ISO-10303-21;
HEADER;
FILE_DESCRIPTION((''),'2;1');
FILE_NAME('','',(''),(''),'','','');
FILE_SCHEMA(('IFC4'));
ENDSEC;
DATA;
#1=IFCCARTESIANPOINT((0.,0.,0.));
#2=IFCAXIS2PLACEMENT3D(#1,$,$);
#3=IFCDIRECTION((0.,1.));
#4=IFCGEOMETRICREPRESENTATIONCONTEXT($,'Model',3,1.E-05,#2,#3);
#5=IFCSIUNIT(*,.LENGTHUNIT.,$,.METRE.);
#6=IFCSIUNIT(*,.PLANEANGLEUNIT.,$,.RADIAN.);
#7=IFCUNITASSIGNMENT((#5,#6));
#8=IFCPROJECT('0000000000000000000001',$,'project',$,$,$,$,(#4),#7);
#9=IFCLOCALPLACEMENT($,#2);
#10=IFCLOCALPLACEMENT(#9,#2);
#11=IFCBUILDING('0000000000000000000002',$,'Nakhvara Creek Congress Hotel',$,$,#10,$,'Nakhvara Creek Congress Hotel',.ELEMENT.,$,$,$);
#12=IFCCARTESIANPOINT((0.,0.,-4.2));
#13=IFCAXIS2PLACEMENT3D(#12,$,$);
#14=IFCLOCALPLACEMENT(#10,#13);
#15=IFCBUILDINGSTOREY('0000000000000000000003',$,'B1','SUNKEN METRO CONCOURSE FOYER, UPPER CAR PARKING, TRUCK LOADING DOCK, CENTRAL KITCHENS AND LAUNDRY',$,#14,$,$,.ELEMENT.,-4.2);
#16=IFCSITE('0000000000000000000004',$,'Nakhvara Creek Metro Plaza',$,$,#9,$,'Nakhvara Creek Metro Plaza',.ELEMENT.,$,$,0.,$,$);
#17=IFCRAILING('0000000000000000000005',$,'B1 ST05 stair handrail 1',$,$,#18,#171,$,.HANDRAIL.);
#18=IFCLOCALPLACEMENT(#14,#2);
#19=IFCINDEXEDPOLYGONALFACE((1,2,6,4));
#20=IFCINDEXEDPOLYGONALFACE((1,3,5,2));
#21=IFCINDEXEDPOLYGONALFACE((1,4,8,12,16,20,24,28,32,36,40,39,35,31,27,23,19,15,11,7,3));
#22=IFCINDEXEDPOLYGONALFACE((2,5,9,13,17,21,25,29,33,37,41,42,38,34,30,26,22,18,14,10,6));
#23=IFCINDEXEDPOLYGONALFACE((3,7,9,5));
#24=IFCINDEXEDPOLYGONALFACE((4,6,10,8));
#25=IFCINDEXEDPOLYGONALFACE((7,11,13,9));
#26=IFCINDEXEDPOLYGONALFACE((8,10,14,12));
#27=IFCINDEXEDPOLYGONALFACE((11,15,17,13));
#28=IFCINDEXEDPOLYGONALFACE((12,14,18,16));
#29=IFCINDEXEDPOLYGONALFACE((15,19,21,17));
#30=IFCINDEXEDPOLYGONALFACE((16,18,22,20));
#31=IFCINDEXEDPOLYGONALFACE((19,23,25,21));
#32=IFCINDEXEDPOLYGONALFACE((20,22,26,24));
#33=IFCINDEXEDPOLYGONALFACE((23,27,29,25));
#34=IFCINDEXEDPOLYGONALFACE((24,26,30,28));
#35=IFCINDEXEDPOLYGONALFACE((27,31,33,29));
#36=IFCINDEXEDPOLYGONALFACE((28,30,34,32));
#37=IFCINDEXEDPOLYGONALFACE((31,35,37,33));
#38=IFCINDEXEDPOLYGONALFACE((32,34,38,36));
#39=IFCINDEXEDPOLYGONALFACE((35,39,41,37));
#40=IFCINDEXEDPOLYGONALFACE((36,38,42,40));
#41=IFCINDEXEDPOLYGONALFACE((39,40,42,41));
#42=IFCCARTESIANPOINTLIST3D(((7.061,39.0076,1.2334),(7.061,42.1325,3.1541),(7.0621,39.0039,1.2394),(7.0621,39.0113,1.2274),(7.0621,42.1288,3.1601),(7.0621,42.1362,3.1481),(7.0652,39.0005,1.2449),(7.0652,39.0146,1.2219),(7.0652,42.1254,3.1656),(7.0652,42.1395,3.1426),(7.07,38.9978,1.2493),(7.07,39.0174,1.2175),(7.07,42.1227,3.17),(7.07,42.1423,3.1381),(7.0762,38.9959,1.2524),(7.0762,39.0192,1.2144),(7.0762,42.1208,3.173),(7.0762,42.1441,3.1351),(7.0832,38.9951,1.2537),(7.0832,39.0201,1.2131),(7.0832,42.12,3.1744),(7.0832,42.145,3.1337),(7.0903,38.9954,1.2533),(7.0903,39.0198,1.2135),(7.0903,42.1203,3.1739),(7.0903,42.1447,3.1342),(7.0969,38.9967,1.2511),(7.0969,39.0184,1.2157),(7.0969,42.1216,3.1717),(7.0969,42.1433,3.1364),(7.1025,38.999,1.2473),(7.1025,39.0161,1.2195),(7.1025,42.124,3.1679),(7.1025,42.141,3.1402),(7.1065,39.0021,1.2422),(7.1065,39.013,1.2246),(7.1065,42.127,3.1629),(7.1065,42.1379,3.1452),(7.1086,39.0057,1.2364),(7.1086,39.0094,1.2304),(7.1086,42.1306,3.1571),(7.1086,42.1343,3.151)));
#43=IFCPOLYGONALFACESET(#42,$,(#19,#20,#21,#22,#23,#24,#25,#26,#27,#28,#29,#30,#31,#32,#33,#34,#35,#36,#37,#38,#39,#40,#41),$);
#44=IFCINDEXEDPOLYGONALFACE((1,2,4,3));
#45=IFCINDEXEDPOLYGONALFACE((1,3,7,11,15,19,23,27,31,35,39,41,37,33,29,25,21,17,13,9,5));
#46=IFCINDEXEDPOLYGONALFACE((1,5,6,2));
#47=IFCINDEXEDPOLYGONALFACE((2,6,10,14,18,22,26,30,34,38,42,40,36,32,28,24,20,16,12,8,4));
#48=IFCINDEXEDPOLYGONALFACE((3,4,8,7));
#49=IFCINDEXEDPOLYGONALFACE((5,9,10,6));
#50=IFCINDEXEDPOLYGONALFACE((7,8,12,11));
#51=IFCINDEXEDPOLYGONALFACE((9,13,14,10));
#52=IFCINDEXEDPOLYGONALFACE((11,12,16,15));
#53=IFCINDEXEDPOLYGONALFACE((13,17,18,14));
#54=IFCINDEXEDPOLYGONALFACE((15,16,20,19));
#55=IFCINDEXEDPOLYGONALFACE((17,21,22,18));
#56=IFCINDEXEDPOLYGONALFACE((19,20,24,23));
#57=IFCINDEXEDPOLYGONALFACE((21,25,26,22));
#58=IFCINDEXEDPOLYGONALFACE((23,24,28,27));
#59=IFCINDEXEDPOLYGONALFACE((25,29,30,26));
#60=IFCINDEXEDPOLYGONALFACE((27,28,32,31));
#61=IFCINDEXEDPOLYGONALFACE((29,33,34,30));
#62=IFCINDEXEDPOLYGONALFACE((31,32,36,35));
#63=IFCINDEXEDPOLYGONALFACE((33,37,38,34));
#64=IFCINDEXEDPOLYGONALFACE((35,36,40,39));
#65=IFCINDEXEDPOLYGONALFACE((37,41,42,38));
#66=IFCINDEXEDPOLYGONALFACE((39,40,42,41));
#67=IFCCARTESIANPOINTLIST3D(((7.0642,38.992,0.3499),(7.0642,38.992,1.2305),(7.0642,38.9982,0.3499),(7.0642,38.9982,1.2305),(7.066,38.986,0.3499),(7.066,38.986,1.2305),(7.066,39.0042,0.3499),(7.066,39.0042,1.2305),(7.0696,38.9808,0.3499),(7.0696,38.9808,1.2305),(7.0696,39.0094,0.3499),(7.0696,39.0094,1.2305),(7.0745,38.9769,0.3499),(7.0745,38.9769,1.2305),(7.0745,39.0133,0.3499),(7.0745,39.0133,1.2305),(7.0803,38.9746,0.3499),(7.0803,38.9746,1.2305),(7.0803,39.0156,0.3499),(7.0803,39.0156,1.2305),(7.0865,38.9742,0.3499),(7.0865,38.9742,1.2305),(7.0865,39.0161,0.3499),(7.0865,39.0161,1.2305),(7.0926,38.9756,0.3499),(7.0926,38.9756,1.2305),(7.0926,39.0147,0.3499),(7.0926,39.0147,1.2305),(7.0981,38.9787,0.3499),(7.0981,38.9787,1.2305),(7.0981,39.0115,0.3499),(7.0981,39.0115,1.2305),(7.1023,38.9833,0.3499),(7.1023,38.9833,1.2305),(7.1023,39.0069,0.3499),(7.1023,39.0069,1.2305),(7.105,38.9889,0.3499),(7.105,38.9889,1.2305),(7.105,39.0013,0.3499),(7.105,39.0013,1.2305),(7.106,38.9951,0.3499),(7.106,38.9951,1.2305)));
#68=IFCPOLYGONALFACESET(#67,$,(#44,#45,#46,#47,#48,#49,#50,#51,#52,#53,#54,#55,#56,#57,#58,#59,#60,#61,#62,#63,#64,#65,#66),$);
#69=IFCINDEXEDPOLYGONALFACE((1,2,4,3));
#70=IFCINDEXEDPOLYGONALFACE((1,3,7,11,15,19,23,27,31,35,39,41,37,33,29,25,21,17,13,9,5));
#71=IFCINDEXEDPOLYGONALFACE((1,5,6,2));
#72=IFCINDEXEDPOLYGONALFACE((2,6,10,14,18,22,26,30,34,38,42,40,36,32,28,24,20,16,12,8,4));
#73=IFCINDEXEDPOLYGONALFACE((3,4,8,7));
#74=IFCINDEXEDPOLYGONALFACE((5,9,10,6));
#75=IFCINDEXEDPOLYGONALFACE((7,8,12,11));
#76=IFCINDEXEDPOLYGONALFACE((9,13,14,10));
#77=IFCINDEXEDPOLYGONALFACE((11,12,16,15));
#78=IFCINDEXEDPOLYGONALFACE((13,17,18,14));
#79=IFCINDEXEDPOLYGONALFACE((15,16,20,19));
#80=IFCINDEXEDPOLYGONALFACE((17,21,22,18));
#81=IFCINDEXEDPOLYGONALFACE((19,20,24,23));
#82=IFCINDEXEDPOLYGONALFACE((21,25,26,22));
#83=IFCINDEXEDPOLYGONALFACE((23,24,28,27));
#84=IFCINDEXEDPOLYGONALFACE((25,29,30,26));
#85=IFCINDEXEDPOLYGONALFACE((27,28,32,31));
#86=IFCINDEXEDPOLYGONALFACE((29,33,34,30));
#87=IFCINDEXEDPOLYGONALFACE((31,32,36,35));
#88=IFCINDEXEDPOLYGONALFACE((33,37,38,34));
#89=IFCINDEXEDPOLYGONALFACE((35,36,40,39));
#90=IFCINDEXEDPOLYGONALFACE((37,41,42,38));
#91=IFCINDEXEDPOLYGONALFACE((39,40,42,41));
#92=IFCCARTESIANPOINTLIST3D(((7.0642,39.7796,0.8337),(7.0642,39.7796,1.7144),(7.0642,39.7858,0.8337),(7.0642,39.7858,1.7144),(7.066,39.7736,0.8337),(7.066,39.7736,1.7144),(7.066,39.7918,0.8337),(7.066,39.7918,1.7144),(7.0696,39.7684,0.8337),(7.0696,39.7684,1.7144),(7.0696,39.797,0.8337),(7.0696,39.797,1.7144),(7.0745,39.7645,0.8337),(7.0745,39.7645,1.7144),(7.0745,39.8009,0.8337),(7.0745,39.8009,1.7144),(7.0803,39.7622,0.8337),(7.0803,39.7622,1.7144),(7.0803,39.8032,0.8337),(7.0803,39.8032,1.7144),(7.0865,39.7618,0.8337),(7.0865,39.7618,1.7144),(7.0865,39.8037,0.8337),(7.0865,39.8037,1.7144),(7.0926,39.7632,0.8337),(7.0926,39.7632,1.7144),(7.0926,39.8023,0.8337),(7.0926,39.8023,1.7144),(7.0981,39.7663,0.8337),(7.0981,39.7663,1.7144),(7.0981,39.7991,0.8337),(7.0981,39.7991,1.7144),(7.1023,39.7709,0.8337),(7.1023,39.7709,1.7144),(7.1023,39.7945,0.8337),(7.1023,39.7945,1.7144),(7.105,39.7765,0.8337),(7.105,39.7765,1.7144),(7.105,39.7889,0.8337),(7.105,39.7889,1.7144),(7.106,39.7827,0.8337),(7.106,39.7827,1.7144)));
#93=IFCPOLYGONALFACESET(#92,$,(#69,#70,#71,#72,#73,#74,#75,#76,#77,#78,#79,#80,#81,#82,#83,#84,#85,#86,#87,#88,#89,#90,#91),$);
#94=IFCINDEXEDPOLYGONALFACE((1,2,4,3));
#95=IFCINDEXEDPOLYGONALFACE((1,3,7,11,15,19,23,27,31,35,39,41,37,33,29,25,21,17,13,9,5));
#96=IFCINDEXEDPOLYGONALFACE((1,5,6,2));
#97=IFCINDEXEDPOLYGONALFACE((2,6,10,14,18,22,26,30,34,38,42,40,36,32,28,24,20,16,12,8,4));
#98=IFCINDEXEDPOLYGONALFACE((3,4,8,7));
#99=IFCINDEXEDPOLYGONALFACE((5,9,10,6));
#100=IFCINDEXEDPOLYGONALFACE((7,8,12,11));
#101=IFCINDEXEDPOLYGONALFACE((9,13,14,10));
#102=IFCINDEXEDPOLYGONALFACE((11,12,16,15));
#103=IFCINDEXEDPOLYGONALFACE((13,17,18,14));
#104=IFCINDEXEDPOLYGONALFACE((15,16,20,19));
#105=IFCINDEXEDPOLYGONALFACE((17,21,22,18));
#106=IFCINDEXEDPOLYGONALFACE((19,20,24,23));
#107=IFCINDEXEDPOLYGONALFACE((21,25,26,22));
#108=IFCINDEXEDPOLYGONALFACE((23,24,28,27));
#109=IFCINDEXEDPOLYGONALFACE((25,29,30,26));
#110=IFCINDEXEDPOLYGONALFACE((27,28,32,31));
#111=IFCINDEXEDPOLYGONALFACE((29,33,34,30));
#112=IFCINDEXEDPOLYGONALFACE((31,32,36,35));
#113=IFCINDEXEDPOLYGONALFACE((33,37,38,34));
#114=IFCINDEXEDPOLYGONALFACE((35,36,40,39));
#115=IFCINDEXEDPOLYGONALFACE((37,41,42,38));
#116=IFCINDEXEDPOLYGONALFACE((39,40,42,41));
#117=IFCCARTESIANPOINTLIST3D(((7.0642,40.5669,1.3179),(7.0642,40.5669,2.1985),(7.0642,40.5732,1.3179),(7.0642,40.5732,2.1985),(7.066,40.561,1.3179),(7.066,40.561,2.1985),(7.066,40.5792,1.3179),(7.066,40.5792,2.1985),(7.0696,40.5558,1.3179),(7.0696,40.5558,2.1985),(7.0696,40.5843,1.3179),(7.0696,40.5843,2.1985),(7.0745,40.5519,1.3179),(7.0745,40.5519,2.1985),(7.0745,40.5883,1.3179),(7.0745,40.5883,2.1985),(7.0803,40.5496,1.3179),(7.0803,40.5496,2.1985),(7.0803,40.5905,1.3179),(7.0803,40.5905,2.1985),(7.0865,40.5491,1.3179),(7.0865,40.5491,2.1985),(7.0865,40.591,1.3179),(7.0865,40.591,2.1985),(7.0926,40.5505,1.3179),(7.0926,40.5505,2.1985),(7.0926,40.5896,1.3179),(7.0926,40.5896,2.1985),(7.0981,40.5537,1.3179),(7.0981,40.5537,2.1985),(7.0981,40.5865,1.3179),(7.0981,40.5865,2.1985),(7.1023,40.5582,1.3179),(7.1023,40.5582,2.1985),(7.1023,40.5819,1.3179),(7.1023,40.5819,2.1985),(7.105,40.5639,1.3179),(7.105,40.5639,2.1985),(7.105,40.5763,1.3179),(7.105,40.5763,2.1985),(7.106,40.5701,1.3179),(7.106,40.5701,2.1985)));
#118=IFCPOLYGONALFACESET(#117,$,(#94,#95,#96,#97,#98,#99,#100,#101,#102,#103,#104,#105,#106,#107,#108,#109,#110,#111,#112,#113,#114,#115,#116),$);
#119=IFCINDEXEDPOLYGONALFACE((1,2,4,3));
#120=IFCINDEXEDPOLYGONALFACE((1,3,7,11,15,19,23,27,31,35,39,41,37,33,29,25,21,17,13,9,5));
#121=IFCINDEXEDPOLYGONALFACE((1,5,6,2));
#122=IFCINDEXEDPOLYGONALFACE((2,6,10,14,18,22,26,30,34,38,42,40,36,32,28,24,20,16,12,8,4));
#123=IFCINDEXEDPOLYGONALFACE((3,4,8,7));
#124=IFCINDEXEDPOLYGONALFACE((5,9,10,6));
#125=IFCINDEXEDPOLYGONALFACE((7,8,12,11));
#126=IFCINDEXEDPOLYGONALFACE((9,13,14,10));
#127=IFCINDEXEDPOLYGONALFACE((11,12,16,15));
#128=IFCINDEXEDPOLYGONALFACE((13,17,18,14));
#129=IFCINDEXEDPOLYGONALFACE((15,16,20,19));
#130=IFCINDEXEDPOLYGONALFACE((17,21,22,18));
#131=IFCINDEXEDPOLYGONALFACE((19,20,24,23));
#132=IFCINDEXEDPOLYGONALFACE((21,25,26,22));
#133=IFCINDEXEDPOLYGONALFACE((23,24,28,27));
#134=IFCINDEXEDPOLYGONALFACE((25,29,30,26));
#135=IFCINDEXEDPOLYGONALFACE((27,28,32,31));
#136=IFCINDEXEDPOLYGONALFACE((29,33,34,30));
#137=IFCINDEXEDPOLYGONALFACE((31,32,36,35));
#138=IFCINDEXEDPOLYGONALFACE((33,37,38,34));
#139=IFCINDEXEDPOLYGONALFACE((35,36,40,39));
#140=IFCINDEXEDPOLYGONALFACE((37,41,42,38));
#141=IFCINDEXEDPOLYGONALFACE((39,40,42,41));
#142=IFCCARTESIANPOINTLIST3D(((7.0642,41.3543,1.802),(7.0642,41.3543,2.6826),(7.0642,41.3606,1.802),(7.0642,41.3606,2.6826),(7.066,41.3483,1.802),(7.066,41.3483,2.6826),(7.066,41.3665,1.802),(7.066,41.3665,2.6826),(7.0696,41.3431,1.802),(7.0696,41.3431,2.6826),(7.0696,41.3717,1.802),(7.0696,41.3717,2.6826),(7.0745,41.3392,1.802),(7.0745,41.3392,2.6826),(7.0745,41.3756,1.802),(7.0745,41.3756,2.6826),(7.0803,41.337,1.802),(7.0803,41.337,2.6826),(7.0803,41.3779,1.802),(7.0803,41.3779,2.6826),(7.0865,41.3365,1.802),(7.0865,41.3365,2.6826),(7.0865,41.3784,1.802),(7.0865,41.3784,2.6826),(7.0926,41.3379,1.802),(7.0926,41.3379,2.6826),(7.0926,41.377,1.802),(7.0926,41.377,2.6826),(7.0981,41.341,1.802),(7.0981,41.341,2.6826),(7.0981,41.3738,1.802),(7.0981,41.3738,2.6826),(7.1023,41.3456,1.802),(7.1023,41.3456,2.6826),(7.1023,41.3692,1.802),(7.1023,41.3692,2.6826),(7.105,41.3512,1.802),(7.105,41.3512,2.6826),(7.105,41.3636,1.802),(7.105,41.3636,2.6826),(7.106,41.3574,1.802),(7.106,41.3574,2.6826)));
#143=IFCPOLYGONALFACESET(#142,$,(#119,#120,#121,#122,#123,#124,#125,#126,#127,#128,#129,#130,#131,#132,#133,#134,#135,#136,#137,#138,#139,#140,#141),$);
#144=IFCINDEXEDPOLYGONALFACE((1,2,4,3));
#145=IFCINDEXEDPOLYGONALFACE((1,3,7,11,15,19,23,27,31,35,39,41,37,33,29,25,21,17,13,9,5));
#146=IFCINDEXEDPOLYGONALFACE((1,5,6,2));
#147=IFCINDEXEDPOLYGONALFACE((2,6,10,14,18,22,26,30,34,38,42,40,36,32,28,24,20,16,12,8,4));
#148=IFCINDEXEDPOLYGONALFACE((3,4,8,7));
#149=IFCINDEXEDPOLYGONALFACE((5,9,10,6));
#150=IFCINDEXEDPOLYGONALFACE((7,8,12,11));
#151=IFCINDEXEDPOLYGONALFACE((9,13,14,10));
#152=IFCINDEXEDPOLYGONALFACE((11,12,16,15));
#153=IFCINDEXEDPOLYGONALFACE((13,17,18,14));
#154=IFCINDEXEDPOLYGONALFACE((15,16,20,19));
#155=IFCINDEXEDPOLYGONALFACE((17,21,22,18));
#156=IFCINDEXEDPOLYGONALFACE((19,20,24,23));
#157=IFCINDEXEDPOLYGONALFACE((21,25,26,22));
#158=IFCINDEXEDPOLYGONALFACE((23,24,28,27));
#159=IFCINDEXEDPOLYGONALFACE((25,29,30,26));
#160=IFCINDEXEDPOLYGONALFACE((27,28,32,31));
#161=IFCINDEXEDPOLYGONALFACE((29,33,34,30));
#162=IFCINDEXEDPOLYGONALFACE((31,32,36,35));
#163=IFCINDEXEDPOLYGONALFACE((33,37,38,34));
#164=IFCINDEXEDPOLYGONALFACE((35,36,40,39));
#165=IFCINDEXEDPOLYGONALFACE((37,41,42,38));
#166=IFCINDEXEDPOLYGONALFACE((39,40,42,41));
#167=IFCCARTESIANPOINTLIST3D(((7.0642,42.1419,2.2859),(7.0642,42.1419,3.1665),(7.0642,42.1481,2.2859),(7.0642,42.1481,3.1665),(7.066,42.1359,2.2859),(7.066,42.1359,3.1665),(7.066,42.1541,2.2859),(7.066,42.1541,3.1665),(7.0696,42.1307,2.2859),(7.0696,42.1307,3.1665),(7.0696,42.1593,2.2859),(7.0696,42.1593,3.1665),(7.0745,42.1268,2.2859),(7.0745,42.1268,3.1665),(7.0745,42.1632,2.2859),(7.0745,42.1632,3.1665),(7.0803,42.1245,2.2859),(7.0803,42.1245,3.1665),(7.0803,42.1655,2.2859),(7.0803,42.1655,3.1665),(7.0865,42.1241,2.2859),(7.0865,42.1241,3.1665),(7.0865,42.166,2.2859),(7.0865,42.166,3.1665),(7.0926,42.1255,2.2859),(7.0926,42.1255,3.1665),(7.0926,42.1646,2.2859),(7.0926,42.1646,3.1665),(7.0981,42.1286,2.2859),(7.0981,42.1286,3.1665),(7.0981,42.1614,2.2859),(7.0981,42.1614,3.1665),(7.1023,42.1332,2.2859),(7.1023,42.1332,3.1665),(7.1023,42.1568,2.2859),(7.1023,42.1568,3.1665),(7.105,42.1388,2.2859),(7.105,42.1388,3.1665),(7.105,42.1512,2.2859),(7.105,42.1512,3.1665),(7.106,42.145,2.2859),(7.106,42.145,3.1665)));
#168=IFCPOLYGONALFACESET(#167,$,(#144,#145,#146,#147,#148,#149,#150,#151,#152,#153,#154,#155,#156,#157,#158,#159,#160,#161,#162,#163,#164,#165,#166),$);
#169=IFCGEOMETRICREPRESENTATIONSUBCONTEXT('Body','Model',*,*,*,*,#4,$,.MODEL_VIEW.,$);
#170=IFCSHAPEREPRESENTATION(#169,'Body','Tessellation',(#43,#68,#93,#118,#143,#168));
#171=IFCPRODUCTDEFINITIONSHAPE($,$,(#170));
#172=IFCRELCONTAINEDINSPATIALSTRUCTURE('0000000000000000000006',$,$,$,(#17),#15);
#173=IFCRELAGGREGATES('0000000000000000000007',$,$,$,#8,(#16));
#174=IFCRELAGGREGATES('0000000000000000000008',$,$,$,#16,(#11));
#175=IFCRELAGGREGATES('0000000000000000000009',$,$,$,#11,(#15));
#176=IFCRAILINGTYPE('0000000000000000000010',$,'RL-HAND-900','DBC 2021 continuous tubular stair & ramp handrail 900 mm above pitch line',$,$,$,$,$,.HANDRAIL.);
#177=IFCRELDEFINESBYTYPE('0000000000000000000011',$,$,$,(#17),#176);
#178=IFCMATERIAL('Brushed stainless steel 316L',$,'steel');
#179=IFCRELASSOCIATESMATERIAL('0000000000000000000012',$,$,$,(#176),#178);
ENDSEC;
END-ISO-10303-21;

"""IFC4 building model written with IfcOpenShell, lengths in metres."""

from ifc_helpers import new_model, si_unit, direction, frame, origin, origin_2d, place, context, subcontext, project, spatial, circle, extrude, material, type_object, element, save


model = new_model("IFC4")

# Units and contexts
model_context = context("Model", 3, precision=1e-05, world=origin(), true_north=direction((0.0, 1.0)))
body_context = subcontext(model_context, "Body", "Model", "MODEL_VIEW")
ifc_project = project(units=[si_unit("LENGTHUNIT", "METRE"), si_unit("PLANEANGLEUNIT", "RADIAN")], contexts=[model_context])

# Site, building, storey
site_placement = place(None, origin())
site = spatial("IfcSite", under=ifc_project, at=site_placement, Name="Nakhvara Creek Metro Plaza", LongName="Nakhvara Creek Metro Plaza", CompositionType="ELEMENT", RefElevation=0.0)
building_placement = place(site_placement, origin())
building = spatial("IfcBuilding", under=site, at=building_placement, Name="Nakhvara Creek Congress Hotel", LongName="Nakhvara Creek Congress Hotel", CompositionType="ELEMENT")
storey_placement = place(building_placement, frame((0.0, 0.0, -4.2)))
storey = spatial("IfcBuildingStorey", under=building, at=storey_placement, Name="B1", Description="SUNKEN METRO CONCOURSE FOYER, UPPER CAR PARKING, TRUCK LOADING DOCK, CENTRAL KITCHENS AND LAUNDRY", CompositionType="ELEMENT", Elevation=-4.2)

# Railing
ifc_material_1 = material(Name="Brushed stainless steel 316L", Category="steel")
railing_type_1 = type_object("IfcRailingType", Name="RL-HAND-900", Description="DBC 2021 continuous tubular stair & ramp handrail 900 mm above pitch line", PredefinedType="HANDRAIL", material=ifc_material_1)
railing_1_placement = place(storey_placement, frame((7.085, 38.9951, 0.3499)))
element("IfcRailing", 1, at=railing_1_placement, inside=storey, type_object=railing_type_1, Name="B1 ST05 stair handrail 1", PredefinedType="HANDRAIL", context=body_context, shape_type="SweptSolid", body=[
    extrude(circle(Radius=0.0239, at=origin_2d()), frame((0.0, 0.0125, 0.8835), z_axis=(0.0, 0.851944, 0.523633), x_axis=(-1.0, 0.0, 0.0)), (0.0, 0.0, 1.0), 3.668),
    extrude(circle(Radius=0.021, at=origin_2d()), origin(), (0.0, 0.0, 1.0), 0.8806),
    extrude(circle(Radius=0.021, at=origin_2d()), frame((0.0, 0.7876, 0.4839)), (0.0, 0.0, 1.0), 0.8806),
    extrude(circle(Radius=0.021, at=origin_2d()), frame((0.0, 1.575, 0.968)), (0.0, 0.0, 1.0), 0.8806),
    extrude(circle(Radius=0.021, at=origin_2d()), frame((0.0, 2.3623, 1.4521)), (0.0, 0.0, 1.0), 0.8806),
    extrude(circle(Radius=0.021, at=origin_2d()), frame((0.0, 3.1499, 1.936)), (0.0, 0.0, 1.0), 0.8806),
])

save(model, "model.ifc")
